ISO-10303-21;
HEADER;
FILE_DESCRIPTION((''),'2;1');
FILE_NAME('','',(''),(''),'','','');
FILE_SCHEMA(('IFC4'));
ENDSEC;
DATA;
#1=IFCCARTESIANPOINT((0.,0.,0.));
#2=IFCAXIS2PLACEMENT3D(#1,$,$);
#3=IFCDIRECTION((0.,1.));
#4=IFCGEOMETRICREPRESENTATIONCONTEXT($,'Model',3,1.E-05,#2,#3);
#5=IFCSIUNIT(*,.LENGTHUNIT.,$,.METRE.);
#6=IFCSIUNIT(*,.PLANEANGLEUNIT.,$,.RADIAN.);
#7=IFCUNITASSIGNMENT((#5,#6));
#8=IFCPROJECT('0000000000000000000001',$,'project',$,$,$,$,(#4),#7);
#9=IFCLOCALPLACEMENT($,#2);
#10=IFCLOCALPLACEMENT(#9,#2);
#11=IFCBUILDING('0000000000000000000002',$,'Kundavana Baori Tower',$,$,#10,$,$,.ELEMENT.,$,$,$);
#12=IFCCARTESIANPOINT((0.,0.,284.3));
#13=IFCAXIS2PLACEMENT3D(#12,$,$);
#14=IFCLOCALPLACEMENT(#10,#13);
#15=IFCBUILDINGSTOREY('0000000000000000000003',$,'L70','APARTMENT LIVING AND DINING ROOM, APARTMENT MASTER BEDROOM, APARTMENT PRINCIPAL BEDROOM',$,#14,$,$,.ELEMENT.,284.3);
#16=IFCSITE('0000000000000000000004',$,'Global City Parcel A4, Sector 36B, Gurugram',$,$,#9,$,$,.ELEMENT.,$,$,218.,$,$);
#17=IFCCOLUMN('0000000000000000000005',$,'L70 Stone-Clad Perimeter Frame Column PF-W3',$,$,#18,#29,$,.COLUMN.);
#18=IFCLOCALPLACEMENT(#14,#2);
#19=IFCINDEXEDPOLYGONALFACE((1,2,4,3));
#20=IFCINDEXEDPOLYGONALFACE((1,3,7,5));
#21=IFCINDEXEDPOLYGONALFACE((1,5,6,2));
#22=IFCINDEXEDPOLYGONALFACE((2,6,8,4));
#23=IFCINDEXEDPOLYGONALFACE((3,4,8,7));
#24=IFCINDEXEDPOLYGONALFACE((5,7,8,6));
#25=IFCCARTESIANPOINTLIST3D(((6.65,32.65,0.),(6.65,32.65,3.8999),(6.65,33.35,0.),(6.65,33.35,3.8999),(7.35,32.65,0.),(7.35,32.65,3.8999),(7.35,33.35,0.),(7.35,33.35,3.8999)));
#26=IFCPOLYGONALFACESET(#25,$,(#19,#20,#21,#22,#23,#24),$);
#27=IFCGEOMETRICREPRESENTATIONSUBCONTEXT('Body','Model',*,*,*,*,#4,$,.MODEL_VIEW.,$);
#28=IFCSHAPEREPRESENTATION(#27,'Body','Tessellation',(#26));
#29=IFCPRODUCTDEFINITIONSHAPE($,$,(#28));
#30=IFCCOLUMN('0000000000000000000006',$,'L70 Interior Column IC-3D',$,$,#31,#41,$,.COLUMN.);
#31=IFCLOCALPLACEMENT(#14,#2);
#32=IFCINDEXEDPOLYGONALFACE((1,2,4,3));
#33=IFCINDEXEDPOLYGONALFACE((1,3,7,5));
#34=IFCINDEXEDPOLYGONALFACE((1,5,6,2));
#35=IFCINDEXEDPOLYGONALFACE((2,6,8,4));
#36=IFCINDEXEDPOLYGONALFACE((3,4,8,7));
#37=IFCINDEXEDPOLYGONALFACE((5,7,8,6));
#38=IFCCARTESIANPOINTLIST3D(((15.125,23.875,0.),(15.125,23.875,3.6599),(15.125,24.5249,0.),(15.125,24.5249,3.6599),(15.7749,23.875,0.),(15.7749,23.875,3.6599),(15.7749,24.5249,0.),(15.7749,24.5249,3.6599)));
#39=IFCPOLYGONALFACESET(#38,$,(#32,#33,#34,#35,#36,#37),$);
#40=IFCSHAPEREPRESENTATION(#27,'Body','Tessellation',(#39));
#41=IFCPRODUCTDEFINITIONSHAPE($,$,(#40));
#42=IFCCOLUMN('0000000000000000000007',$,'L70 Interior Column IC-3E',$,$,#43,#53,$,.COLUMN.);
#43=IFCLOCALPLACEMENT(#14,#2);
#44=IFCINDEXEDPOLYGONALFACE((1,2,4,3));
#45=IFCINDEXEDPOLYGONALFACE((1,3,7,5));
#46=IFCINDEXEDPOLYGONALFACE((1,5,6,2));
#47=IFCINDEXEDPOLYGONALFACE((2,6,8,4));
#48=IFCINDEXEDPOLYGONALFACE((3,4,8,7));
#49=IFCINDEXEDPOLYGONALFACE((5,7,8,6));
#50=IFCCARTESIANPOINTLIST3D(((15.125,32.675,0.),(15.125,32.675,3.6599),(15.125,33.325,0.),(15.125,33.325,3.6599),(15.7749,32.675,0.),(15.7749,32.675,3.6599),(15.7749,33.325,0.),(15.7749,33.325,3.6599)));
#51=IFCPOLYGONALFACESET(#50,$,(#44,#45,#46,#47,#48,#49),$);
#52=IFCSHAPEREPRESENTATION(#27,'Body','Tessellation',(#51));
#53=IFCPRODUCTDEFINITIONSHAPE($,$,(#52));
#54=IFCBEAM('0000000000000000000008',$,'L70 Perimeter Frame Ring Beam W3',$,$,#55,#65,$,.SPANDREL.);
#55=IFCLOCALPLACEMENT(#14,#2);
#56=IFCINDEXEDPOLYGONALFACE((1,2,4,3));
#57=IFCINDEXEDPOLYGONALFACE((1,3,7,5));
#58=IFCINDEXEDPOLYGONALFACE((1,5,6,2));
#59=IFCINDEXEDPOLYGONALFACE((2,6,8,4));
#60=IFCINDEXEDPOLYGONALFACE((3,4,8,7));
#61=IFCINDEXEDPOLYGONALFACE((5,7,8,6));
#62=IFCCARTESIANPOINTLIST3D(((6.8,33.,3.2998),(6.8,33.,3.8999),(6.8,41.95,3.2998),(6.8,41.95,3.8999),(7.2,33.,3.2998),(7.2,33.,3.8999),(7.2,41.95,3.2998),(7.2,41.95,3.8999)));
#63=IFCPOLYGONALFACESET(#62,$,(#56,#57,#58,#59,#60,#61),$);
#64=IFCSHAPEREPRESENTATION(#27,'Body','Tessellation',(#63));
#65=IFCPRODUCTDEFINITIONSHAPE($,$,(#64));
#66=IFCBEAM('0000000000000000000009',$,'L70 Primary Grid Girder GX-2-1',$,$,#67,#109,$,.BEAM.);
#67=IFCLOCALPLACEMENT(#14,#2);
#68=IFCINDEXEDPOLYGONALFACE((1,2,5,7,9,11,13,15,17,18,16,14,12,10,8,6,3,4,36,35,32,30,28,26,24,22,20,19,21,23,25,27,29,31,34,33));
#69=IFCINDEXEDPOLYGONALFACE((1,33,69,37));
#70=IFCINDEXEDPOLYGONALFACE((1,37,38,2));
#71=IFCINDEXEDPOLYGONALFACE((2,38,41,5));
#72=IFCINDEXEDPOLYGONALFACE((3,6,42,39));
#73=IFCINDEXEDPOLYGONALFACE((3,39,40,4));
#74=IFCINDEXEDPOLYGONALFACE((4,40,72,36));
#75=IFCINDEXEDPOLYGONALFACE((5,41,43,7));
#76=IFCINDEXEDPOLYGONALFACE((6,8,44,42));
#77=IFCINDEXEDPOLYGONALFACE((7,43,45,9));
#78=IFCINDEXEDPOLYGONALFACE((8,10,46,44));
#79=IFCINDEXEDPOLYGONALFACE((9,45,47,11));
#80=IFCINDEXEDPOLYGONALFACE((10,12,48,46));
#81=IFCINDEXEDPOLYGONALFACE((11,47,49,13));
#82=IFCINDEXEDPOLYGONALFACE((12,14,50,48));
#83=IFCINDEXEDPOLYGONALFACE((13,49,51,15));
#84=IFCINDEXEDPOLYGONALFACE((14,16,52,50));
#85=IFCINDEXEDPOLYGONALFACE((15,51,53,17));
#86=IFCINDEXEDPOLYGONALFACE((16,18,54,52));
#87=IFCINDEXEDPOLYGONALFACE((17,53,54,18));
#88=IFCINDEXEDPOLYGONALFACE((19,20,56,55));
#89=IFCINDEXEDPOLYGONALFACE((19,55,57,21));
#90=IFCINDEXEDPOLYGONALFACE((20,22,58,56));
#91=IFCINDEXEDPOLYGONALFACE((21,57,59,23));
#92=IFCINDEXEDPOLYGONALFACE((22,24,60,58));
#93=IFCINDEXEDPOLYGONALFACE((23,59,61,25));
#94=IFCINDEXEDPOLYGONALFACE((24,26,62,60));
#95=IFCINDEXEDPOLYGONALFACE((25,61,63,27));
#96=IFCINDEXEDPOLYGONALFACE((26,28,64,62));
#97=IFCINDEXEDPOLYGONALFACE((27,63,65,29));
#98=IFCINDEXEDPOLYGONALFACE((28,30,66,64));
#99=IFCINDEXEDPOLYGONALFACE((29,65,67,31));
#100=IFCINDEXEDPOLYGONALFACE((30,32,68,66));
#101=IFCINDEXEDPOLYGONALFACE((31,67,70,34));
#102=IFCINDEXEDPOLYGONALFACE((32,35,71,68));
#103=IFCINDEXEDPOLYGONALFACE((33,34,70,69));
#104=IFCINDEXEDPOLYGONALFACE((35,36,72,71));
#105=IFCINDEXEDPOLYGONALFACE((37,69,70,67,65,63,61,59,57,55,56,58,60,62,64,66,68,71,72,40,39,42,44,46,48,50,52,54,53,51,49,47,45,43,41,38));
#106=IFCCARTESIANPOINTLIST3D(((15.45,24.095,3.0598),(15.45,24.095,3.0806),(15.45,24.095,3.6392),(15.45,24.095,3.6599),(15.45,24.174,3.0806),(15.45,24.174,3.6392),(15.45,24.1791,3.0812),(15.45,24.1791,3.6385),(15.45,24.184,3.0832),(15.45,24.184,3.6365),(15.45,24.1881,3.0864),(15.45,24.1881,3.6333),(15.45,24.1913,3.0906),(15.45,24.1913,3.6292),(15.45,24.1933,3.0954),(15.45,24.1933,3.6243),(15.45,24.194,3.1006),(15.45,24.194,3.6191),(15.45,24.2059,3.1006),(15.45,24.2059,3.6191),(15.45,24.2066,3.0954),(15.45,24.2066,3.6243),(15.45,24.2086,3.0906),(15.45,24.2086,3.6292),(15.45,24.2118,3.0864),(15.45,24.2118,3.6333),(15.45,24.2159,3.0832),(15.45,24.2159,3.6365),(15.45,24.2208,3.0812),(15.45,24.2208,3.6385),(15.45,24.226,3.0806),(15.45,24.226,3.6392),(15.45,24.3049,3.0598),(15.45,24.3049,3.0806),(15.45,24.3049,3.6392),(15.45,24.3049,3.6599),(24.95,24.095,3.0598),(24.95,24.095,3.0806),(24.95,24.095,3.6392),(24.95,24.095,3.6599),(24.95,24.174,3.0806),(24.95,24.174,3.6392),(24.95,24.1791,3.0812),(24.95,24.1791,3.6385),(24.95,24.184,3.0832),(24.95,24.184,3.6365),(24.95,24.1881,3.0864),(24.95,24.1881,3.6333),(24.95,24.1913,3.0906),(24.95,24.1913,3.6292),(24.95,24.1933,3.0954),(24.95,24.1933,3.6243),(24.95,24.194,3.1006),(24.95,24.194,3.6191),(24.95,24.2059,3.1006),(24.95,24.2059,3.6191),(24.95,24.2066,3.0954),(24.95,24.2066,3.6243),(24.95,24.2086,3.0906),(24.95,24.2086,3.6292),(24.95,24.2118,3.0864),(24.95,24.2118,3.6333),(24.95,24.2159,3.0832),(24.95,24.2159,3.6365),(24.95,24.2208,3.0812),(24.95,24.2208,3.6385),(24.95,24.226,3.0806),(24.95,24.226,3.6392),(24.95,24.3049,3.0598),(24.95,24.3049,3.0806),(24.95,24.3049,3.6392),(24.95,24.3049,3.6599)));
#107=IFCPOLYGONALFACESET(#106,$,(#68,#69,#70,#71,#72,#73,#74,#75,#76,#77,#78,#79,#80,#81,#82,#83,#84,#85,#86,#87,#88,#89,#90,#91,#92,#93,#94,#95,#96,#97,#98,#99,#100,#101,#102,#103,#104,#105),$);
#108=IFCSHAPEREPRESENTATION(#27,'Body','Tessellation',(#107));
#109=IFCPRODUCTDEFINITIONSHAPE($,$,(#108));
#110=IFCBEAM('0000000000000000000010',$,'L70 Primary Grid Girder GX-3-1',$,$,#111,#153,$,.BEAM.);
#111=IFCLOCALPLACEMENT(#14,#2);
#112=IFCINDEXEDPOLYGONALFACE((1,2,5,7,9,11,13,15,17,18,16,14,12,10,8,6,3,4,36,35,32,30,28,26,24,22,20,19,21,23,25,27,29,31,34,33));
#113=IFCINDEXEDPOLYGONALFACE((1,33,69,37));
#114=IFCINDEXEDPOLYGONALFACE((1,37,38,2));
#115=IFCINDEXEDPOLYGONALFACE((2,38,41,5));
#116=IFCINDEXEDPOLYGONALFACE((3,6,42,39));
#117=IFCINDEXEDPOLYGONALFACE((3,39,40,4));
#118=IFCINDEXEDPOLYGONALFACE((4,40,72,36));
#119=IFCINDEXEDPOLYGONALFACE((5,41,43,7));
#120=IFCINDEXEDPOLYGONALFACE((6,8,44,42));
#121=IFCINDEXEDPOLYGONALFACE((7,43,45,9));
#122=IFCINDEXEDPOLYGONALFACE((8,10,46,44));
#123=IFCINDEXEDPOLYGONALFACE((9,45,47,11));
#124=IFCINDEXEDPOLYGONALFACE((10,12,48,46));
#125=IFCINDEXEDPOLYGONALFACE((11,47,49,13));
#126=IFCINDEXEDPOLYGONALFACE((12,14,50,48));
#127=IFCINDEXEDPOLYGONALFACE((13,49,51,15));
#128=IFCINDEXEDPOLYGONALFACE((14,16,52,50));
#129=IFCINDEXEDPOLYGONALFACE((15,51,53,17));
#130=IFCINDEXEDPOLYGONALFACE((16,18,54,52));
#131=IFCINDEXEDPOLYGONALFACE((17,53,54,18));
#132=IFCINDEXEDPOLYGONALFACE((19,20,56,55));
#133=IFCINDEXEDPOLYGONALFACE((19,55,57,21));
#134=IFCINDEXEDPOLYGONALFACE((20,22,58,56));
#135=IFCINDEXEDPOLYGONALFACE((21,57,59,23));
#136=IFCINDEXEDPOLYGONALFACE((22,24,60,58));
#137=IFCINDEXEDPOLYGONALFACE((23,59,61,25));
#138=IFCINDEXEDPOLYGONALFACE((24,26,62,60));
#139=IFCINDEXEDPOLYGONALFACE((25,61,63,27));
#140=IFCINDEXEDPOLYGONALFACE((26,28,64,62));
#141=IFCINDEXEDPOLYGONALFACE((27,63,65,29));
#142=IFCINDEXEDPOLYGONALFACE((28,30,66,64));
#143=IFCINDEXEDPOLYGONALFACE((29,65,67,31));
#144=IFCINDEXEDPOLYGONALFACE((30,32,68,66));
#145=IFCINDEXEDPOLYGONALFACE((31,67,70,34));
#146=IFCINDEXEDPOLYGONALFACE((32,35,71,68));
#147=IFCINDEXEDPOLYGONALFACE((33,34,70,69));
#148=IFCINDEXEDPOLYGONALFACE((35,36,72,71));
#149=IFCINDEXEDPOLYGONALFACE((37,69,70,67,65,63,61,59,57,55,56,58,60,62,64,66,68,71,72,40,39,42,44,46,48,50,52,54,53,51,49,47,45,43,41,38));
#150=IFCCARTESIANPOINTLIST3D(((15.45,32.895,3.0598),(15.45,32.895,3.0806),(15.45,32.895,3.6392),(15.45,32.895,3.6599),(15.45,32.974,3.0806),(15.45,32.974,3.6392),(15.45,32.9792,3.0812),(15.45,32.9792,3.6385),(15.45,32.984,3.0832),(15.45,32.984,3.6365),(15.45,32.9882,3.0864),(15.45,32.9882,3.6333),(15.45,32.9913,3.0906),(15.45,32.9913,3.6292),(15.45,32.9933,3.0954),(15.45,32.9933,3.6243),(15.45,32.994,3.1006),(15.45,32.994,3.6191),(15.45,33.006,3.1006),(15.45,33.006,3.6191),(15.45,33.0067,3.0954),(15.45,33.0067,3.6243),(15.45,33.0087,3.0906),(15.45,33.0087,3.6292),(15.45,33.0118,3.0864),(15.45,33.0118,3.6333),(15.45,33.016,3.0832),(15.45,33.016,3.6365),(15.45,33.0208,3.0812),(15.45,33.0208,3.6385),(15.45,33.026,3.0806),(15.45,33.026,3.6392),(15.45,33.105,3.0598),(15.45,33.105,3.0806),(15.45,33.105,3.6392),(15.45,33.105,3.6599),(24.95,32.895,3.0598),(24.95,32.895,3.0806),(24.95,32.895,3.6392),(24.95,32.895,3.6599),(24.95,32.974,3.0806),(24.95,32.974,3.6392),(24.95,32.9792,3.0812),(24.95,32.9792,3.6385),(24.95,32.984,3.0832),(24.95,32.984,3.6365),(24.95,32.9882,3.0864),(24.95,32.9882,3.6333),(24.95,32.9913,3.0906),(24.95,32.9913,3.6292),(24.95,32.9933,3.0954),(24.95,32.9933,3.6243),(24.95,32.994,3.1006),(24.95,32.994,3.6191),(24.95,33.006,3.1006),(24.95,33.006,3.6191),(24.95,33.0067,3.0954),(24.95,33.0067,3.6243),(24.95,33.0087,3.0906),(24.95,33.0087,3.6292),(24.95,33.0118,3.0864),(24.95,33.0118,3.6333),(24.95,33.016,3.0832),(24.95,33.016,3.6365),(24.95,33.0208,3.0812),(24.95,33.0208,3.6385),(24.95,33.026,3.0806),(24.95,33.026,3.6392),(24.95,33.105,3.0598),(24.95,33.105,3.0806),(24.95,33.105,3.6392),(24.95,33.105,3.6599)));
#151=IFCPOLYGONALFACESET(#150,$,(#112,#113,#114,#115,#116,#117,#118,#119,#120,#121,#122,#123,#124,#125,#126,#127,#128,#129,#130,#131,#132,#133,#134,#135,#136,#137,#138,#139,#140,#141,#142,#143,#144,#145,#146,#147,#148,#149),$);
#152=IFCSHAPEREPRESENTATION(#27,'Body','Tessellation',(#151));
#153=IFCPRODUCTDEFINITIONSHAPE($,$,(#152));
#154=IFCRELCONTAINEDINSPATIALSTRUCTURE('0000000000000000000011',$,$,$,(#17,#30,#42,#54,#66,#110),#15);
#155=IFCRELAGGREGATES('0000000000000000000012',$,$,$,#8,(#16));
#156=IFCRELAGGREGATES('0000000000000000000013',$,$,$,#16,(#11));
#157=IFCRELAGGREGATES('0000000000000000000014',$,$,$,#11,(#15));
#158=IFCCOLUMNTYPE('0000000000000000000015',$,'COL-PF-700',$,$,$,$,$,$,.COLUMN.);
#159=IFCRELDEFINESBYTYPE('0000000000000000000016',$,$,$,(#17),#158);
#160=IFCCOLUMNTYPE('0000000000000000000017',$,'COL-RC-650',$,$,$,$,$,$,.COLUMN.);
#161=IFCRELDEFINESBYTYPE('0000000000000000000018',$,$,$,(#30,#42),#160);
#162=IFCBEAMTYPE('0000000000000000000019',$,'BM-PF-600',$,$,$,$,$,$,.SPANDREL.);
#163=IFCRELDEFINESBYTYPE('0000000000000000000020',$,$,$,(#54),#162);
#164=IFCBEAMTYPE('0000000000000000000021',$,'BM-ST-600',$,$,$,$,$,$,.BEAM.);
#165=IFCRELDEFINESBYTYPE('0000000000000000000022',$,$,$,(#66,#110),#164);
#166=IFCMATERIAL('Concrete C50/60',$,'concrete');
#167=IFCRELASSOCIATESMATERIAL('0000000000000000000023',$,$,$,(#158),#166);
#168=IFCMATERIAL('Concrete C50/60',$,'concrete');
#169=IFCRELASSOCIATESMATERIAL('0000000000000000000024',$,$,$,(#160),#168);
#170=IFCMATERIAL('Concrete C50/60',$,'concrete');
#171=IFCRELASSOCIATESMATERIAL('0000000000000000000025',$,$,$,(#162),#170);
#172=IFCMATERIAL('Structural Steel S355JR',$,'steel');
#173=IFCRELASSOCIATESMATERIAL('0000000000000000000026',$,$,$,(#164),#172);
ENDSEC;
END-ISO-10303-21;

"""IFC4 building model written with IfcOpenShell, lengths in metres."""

from ifc_helpers import new_model, si_unit, direction, frame, origin, origin_2d, place, context, subcontext, project, spatial, rectangle, i_section, extrude, material, material_profile, profile_set, type_object, element, save


model = new_model("IFC4")

# Units and contexts
model_context = context("Model", 3, precision=1e-05, world=origin(), true_north=direction((0.0, 1.0)))
body_context = subcontext(model_context, "Body", "Model", "MODEL_VIEW")
ifc_project = project(units=[si_unit("LENGTHUNIT", "METRE"), si_unit("PLANEANGLEUNIT", "RADIAN")], contexts=[model_context])

# Site, building, storey
site_placement = place(None, origin())
site = spatial("IfcSite", under=ifc_project, at=site_placement, Name="Global City Parcel A4, Sector 36B, Gurugram", CompositionType="ELEMENT", RefElevation=218.0)
building_placement = place(site_placement, origin())
building = spatial("IfcBuilding", under=site, at=building_placement, Name="Kundavana Baori Tower", CompositionType="ELEMENT")
storey_placement = place(building_placement, frame((0.0, 0.0, 284.3)))
storey = spatial("IfcBuildingStorey", under=building, at=storey_placement, Name="L70", Description="APARTMENT LIVING AND DINING ROOM, APARTMENT MASTER BEDROOM, APARTMENT PRINCIPAL BEDROOM", CompositionType="ELEMENT", Elevation=284.3)

# Columns
ifc_material_1 = material(Name="Concrete C50/60", Category="concrete")
ifc_material_profile_1 = material_profile(ifc_material_1, rectangle(XDim=0.7, YDim=0.7, at=origin_2d()), Name="RC PF 700x700")
ifc_profile_set_1 = profile_set([ifc_material_profile_1], Name="Concrete C50/60")
column_type_1 = type_object("IfcColumnType", Name="COL-PF-700", PredefinedType="COLUMN", material=ifc_profile_set_1)
column_placement = place(storey_placement, frame((7.0, 33.0, 0.0), z_axis=(0.0, 0.0, 1.0), x_axis=(1.0, 0.0, 0.0)))
element("IfcColumn", 1, at=column_placement, inside=storey, type_object=column_type_1, Name="L70 Stone-Clad Perimeter Frame Column PF-W3", PredefinedType="COLUMN", context=body_context, shape_type="SweptSolid", body=[
    extrude(rectangle(XDim=0.7, YDim=0.7, at=origin_2d()), origin(), (0.0, 0.0, 1.0), 3.8999),
])
ifc_material_2 = material(Name="Concrete C50/60", Category="concrete")
ifc_material_profile_2 = material_profile(ifc_material_2, rectangle(XDim=0.6499, YDim=0.6499, at=origin_2d()), Name="RC 650x650")
ifc_profile_set_2 = profile_set([ifc_material_profile_2], Name="Concrete C50/60")
column_type_2 = type_object("IfcColumnType", Name="COL-RC-650", PredefinedType="COLUMN", material=ifc_profile_set_2)
for number, where, z_axis, x_axis, name in (
    (2, (15.45, 24.2, 0.0), (0.0, 0.0, 1.0), (1.0, 0.0, 0.0), "L70 Interior Column IC-3D"),
    (3, (15.45, 33.0, 0.0), (0.0, 0.0, 1.0), (1.0, 0.0, 0.0), "L70 Interior Column IC-3E"),
):
    element("IfcColumn", number, at=place(storey_placement, frame(where, z_axis=z_axis, x_axis=x_axis)), inside=storey, type_object=column_type_2, Name=name, PredefinedType="COLUMN", context=body_context, shape_type="SweptSolid", body=[
        extrude(rectangle(XDim=0.6499, YDim=0.6499, at=origin_2d()), origin(), (0.0, 0.0, 1.0), 3.6599),
    ])

# Beams
ifc_material_3 = material(Name="Concrete C50/60", Category="concrete")
ifc_material_profile_3 = material_profile(ifc_material_3, rectangle(XDim=0.3999, YDim=0.6001, at=origin_2d()), Name="RC BM 400x600")
ifc_profile_set_3 = profile_set([ifc_material_profile_3], Name="Concrete C50/60")
beam_type_1 = type_object("IfcBeamType", Name="BM-PF-600", PredefinedType="SPANDREL", material=ifc_profile_set_3)
beam_placement = place(storey_placement, frame((7.0, 33.0, 3.5999), z_axis=(0.0, 1.0, 0.0), x_axis=(-1.0, 0.0, 0.0)))
element("IfcBeam", 4, at=beam_placement, inside=storey, type_object=beam_type_1, Name="L70 Perimeter Frame Ring Beam W3", PredefinedType="SPANDREL", context=body_context, shape_type="SweptSolid", body=[
    extrude(rectangle(XDim=0.3999, YDim=0.6001, at=origin_2d()), origin(), (0.0, 0.0, 1.0), 8.95),
])
ifc_material_4 = material(Name="Structural Steel S355JR", Category="steel")
ifc_material_profile_4 = material_profile(ifc_material_4, i_section(OverallWidth=0.21, OverallDepth=0.6001, WebThickness=0.012, FlangeThickness=0.0208, FilletRadius=0.02, at=origin_2d()), Name="ISMB 600")
ifc_profile_set_4 = profile_set([ifc_material_profile_4], Name="Structural Steel S355JR")
beam_type_2 = type_object("IfcBeamType", Name="BM-ST-600", PredefinedType="BEAM", material=ifc_profile_set_4)
for number, where, z_axis, x_axis, name in (
    (5, (15.45, 24.2, 3.3599), (1.0, 0.0, 0.0), (0.0, 1.0, 0.0), "L70 Primary Grid Girder GX-2-1"),
    (6, (15.45, 33.0, 3.3599), (1.0, 0.0, 0.0), (0.0, 1.0, 0.0), "L70 Primary Grid Girder GX-3-1"),
):
    element("IfcBeam", number, at=place(storey_placement, frame(where, z_axis=z_axis, x_axis=x_axis)), inside=storey, type_object=beam_type_2, Name=name, PredefinedType="BEAM", context=body_context, shape_type="SweptSolid", body=[
        extrude(i_section(OverallWidth=0.21, OverallDepth=0.6001, WebThickness=0.012, FlangeThickness=0.0208, FilletRadius=0.02, at=origin_2d()), origin(), (0.0, 0.0, 1.0), 9.5),
    ])

save(model, "model.ifc")
